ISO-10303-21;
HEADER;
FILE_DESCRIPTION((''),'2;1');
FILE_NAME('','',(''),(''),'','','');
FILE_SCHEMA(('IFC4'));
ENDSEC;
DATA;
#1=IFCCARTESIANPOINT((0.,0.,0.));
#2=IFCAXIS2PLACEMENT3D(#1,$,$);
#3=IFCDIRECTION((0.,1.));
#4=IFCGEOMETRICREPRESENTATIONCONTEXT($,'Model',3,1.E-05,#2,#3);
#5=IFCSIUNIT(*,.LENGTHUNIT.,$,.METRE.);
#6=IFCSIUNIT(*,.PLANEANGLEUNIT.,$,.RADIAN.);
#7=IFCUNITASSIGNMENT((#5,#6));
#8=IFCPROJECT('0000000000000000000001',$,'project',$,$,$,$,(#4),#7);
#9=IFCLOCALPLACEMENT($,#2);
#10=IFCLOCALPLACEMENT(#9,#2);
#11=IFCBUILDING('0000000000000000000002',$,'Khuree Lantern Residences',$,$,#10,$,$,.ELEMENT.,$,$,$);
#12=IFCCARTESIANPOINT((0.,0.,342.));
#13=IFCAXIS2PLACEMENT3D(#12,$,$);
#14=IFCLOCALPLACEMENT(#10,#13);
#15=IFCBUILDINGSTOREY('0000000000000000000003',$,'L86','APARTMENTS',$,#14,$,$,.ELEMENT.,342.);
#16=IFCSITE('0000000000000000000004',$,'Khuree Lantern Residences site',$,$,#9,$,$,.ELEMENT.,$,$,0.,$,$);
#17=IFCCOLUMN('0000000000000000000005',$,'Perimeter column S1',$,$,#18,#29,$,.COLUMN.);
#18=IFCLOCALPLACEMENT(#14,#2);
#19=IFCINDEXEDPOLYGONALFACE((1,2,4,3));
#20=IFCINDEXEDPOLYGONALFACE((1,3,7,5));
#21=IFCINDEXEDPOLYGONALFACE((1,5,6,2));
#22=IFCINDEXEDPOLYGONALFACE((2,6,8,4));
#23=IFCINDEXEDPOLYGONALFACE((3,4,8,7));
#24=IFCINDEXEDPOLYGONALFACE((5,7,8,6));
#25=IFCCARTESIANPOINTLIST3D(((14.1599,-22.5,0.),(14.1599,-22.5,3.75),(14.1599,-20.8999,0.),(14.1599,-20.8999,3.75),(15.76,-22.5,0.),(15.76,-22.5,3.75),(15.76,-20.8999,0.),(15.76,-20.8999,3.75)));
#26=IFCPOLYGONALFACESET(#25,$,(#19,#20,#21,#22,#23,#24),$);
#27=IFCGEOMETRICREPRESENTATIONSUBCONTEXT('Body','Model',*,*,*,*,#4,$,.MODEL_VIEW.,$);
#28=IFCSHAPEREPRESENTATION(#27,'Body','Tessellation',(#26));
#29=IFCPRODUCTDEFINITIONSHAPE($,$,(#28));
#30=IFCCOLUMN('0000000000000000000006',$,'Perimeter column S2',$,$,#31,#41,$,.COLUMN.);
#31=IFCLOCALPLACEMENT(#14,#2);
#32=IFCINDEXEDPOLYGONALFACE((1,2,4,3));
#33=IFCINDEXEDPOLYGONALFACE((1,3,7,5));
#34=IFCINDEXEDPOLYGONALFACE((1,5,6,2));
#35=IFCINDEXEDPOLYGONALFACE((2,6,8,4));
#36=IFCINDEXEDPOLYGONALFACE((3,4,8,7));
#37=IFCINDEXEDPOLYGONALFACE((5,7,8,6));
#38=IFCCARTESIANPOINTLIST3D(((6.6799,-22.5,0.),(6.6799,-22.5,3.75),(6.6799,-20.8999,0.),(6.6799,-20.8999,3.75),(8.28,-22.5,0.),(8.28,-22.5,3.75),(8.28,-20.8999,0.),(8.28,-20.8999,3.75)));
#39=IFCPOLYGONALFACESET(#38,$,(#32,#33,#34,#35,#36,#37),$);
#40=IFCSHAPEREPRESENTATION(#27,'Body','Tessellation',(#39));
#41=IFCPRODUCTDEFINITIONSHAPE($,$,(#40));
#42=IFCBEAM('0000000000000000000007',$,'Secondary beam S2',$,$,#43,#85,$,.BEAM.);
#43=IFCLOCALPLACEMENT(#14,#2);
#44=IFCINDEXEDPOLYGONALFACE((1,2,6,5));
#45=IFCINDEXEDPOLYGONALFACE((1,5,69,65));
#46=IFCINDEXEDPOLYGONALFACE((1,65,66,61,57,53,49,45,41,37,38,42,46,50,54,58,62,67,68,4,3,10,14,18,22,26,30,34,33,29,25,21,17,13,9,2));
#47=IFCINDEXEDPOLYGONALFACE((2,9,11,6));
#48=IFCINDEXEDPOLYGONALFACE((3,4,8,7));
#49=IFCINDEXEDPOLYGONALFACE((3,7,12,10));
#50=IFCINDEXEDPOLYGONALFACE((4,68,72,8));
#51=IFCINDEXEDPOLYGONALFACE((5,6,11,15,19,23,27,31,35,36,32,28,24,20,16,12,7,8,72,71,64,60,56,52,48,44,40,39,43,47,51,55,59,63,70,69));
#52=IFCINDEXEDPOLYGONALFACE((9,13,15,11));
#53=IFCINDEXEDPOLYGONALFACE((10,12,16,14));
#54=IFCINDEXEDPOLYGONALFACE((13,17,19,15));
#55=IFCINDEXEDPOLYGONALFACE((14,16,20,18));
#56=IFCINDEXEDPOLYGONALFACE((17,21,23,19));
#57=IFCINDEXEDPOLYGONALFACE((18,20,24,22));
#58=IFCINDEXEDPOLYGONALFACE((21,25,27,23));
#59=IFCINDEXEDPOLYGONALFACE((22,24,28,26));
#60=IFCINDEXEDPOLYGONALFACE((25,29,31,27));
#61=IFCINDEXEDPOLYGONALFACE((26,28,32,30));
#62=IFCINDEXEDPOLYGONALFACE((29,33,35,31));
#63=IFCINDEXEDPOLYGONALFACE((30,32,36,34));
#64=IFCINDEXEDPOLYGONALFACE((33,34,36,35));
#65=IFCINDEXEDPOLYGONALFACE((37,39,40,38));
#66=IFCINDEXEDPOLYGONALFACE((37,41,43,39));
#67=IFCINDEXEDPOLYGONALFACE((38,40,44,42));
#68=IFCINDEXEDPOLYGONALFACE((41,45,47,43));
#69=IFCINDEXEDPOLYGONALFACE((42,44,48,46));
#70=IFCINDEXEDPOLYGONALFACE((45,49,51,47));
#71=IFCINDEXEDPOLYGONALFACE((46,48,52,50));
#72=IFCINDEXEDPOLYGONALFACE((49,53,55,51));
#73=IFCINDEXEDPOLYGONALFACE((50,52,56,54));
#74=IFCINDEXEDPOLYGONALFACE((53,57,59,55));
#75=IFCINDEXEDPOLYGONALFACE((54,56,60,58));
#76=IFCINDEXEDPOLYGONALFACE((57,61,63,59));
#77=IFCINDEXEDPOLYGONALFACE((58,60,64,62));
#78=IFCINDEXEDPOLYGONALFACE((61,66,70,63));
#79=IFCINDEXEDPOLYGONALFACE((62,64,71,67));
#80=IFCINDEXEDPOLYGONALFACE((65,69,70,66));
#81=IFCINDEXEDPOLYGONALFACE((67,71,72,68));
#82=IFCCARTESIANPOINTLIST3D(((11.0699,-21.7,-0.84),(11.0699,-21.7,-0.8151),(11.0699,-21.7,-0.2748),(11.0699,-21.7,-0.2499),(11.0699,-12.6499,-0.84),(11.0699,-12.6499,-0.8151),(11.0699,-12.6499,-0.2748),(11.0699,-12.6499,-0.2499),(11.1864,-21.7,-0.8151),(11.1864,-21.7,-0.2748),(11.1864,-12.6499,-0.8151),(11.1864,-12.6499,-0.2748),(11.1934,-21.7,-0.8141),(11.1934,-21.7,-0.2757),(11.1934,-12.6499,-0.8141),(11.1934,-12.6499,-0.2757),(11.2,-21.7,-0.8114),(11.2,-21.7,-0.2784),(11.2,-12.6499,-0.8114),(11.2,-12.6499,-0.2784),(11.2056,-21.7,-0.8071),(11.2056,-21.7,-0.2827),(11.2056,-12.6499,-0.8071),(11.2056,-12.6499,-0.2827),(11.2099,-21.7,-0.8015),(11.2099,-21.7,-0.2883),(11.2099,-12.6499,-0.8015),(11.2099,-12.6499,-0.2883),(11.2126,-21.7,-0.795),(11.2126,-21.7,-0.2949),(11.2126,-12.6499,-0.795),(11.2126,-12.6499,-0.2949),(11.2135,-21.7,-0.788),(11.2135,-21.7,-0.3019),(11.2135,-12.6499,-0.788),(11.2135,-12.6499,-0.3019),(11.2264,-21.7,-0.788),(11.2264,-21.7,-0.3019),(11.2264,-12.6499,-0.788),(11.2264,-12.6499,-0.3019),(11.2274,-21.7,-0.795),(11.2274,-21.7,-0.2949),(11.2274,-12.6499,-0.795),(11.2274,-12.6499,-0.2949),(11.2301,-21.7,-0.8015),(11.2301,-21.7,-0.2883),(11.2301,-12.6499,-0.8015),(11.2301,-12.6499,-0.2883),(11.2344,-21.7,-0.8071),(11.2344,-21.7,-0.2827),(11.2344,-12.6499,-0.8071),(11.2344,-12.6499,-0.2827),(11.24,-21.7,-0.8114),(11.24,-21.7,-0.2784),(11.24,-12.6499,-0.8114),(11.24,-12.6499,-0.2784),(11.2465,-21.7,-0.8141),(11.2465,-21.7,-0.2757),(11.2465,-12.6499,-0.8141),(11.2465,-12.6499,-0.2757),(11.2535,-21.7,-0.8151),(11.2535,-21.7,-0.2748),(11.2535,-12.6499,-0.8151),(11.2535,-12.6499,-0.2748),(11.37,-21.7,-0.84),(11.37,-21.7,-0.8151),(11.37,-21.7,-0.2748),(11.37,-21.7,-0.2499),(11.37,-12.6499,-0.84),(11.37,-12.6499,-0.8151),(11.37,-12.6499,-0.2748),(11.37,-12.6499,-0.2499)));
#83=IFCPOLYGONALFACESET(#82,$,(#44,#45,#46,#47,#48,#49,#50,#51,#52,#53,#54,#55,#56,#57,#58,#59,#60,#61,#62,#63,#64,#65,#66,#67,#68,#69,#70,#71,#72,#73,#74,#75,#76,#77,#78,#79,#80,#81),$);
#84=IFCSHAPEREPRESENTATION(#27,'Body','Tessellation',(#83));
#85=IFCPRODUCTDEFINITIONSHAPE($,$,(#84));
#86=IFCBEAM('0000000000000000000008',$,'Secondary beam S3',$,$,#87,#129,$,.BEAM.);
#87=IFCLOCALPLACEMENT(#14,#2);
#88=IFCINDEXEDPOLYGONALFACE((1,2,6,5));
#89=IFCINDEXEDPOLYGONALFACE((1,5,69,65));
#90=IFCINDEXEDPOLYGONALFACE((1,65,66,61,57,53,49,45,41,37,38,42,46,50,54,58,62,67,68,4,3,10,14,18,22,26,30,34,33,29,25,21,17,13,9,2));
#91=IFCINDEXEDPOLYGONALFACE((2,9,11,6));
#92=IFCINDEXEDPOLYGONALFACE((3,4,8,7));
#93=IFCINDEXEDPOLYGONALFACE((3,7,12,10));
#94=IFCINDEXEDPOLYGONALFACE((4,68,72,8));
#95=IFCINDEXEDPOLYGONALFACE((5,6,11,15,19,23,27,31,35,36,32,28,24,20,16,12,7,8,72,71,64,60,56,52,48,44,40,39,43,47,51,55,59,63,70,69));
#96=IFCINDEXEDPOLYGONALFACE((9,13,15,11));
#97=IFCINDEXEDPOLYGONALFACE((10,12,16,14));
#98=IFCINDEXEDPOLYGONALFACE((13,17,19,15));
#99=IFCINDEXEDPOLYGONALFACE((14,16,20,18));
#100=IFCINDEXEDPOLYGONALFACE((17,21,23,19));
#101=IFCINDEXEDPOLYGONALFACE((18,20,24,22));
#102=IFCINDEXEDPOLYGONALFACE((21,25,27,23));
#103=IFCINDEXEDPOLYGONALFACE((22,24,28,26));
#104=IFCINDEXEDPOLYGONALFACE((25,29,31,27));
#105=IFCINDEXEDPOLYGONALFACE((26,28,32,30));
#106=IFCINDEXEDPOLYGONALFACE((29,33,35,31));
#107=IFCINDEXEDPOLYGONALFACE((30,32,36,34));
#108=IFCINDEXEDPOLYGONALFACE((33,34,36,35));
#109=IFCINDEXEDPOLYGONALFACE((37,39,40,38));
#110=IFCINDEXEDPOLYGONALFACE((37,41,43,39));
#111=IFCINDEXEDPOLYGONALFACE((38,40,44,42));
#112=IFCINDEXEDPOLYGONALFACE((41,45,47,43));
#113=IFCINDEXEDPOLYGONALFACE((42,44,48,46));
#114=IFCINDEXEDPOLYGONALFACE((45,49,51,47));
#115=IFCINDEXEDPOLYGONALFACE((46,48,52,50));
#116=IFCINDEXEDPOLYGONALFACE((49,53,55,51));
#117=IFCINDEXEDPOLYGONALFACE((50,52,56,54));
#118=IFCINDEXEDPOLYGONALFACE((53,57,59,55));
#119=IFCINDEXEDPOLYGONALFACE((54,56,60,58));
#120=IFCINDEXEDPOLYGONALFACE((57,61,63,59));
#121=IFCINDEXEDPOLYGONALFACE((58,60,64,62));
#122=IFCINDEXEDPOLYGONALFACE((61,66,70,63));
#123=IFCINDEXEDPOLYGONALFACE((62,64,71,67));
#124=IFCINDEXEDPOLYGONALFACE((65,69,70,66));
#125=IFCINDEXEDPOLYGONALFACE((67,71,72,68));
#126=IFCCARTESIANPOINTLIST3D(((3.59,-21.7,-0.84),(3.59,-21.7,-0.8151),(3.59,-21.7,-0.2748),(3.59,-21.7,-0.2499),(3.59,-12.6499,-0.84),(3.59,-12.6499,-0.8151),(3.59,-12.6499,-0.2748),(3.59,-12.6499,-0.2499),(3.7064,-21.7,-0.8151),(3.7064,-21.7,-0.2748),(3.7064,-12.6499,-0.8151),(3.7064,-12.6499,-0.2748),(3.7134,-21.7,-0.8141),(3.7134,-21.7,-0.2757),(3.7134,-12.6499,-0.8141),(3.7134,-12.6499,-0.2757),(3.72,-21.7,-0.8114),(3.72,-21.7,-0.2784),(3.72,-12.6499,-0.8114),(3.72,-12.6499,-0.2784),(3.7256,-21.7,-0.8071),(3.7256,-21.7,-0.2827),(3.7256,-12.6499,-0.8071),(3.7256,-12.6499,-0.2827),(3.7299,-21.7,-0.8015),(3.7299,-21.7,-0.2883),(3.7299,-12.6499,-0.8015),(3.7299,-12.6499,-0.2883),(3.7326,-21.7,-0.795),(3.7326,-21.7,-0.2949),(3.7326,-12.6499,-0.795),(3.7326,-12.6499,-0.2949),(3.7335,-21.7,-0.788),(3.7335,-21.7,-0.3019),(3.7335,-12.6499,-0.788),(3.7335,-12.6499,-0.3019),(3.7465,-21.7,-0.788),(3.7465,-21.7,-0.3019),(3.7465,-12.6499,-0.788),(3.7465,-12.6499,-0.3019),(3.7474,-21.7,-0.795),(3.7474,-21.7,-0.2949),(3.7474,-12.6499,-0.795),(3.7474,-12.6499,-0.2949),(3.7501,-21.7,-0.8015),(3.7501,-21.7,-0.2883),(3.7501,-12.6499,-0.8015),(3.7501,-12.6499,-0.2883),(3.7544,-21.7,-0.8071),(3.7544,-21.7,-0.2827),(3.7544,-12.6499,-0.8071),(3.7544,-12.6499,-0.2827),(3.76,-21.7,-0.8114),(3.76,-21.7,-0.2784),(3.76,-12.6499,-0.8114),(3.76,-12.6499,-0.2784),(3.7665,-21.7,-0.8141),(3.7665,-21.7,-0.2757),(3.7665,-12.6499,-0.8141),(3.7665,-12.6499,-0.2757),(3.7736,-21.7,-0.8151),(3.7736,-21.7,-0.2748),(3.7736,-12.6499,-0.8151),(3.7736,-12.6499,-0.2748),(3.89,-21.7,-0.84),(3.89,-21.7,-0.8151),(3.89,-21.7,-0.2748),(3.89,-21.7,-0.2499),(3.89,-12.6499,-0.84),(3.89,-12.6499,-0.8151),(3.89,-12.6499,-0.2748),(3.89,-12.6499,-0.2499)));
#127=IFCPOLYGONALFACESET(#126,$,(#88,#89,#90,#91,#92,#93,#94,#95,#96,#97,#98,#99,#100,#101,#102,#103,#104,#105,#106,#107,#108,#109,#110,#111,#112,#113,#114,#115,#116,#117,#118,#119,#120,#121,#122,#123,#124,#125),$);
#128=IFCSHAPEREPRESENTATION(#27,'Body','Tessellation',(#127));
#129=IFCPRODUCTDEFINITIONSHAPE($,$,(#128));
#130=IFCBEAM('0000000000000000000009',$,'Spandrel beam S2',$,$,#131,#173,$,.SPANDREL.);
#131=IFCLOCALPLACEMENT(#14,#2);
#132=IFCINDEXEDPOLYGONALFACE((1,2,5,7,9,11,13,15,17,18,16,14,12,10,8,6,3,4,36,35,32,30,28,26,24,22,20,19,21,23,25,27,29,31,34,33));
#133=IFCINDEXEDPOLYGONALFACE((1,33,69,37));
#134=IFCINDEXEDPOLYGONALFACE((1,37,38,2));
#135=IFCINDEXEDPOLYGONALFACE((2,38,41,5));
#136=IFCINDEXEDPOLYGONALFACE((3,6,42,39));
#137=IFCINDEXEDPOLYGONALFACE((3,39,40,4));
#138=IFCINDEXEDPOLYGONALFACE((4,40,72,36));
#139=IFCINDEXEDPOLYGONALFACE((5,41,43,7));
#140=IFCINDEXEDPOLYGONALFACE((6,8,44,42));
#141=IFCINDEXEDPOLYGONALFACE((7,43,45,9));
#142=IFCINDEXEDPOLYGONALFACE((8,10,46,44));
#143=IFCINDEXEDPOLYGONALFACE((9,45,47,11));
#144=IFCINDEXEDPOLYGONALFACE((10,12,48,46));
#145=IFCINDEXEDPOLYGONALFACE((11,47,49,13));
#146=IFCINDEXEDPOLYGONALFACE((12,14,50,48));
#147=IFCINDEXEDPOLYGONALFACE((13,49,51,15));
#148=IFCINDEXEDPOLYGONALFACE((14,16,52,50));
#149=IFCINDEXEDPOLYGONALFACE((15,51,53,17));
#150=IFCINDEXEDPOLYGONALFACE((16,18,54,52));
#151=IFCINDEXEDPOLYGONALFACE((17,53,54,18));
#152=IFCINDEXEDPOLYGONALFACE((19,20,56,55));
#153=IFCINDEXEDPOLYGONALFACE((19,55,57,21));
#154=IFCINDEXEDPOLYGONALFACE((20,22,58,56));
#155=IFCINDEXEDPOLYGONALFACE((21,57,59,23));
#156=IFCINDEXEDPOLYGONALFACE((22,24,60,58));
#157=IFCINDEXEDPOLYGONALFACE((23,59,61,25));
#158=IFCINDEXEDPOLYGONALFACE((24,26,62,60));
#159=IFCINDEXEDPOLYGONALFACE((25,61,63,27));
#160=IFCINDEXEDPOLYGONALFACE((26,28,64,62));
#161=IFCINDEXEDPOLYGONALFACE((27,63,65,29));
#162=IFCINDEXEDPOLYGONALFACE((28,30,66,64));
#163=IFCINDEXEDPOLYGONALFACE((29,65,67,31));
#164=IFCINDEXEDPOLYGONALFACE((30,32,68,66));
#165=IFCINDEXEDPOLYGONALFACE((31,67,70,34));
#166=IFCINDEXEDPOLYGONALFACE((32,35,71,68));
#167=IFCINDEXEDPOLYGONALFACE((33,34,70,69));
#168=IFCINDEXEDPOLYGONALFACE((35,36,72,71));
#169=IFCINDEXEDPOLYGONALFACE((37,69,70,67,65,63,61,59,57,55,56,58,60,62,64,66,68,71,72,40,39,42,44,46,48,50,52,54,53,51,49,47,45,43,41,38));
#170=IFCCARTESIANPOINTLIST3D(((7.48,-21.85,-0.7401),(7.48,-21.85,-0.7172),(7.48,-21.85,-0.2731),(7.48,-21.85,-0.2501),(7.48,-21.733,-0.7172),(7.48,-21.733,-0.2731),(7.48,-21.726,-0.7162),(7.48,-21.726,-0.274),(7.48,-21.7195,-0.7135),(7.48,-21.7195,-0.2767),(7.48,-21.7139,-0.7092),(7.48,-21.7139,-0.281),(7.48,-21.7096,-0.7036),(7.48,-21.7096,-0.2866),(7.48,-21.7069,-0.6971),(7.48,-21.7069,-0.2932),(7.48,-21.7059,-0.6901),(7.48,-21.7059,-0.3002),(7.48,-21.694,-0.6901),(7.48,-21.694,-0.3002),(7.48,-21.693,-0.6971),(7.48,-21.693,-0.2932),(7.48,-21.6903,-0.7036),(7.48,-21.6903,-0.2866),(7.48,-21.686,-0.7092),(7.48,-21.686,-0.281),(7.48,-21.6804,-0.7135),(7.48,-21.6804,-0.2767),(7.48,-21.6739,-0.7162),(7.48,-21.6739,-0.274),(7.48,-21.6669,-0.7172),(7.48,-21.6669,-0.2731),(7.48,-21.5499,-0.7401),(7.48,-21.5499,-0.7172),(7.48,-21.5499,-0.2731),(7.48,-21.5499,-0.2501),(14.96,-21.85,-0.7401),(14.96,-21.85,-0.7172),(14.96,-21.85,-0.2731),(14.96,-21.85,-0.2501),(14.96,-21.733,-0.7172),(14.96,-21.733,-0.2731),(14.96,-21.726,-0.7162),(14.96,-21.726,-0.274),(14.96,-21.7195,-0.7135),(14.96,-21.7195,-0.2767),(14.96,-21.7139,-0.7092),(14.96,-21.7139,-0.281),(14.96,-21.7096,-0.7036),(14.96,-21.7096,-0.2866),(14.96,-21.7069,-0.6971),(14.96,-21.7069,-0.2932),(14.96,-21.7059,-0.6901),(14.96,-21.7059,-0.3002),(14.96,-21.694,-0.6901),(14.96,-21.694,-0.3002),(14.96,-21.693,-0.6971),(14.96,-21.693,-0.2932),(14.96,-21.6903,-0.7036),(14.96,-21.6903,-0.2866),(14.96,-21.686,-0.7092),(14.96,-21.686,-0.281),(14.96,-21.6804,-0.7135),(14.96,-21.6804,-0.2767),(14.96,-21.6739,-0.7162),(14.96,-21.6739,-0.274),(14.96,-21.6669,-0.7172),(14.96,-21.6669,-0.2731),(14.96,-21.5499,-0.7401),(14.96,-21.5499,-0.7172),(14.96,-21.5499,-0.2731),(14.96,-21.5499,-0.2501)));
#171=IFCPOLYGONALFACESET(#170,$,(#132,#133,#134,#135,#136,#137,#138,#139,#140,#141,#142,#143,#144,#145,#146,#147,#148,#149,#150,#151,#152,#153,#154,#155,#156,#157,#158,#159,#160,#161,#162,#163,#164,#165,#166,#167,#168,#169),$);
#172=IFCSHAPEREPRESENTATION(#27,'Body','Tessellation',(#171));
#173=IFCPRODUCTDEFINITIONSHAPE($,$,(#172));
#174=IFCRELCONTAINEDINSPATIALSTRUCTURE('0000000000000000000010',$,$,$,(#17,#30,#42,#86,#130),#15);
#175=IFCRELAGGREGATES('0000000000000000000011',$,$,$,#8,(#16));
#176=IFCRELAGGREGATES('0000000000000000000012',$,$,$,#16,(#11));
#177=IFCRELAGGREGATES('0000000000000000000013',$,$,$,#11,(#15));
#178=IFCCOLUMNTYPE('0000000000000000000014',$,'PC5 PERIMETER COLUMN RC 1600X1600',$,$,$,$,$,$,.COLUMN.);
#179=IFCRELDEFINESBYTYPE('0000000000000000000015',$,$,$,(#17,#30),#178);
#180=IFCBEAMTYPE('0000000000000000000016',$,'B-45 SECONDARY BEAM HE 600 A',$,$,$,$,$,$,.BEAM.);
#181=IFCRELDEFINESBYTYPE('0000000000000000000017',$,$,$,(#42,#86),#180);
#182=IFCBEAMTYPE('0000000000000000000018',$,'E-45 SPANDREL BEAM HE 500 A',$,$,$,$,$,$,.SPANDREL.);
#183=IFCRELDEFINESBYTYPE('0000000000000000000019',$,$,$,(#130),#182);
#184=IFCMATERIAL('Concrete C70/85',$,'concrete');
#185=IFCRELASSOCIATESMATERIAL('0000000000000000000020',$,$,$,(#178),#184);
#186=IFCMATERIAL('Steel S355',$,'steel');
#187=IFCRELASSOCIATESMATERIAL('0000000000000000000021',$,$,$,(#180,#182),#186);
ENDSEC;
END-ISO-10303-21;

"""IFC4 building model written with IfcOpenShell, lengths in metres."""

from ifc_helpers import new_model, si_unit, direction, frame, origin, origin_2d, place, context, subcontext, project, spatial, rectangle, i_section, extrude, material, material_profile, profile_set, type_object, element, save


model = new_model("IFC4")

# Units and contexts
model_context = context("Model", 3, precision=1e-05, world=origin(), true_north=direction((0.0, 1.0)))
body_context = subcontext(model_context, "Body", "Model", "MODEL_VIEW")
ifc_project = project(units=[si_unit("LENGTHUNIT", "METRE"), si_unit("PLANEANGLEUNIT", "RADIAN")], contexts=[model_context])

# Site, building, storey
site_placement = place(None, origin())
site = spatial("IfcSite", under=ifc_project, at=site_placement, Name="Khuree Lantern Residences site", CompositionType="ELEMENT", RefElevation=0.0)
building_placement = place(site_placement, origin())
building = spatial("IfcBuilding", under=site, at=building_placement, Name="Khuree Lantern Residences", CompositionType="ELEMENT")
storey_placement = place(building_placement, frame((0.0, 0.0, 342.0)))
storey = spatial("IfcBuildingStorey", under=building, at=storey_placement, Name="L86", Description="APARTMENTS", CompositionType="ELEMENT", Elevation=342.0)

# Columns
ifc_material_1 = material(Name="Concrete C70/85", Category="concrete")
ifc_material_profile_1 = material_profile(ifc_material_1, rectangle(XDim=1.6001, YDim=1.6001, at=origin_2d()), Name="RC 1600X1600")
ifc_profile_set_1 = profile_set([ifc_material_profile_1], Name="Concrete C70/85")
column_type = type_object("IfcColumnType", Name="PC5 PERIMETER COLUMN RC 1600X1600", PredefinedType="COLUMN", material=ifc_profile_set_1)
for number, where, z_axis, x_axis, name in (
    (1, (14.96, -21.7, 0.0), (0.0, 0.0, 1.0), (1.0, 0.0, 0.0), "Perimeter column S1"),
    (2, (7.48, -21.7, 0.0), (0.0, 0.0, 1.0), (1.0, 0.0, 0.0), "Perimeter column S2"),
):
    element("IfcColumn", number, at=place(storey_placement, frame(where, z_axis=z_axis, x_axis=x_axis)), inside=storey, type_object=column_type, Name=name, PredefinedType="COLUMN", context=body_context, shape_type="SweptSolid", body=[
        extrude(rectangle(XDim=1.6001, YDim=1.6001, at=origin_2d()), origin(), (0.0, 0.0, 1.0), 3.75),
    ])

# Beams
ifc_material_2 = material(Name="Steel S355", Category="steel")
ifc_material_profile_2 = material_profile(ifc_material_2, i_section(OverallWidth=0.3, OverallDepth=0.5901, WebThickness=0.0129, FlangeThickness=0.0249, FilletRadius=0.0271, at=origin_2d()), Name="HE 600 A")
ifc_profile_set_2 = profile_set([ifc_material_profile_2], Name="Steel S355")
beam_type_1 = type_object("IfcBeamType", Name="B-45 SECONDARY BEAM HE 600 A", PredefinedType="BEAM", material=ifc_profile_set_2)
for number, where, z_axis, x_axis, name in (
    (3, (11.22, -21.7, -0.5449), (0.0, 1.0, 0.0), (-1.0, 0.0, 0.0), "Secondary beam S2"),
    (4, (3.74, -21.7, -0.5449), (0.0, 1.0, 0.0), (-1.0, 0.0, 0.0), "Secondary beam S3"),
):
    element("IfcBeam", number, at=place(storey_placement, frame(where, z_axis=z_axis, x_axis=x_axis)), inside=storey, type_object=beam_type_1, Name=name, PredefinedType="BEAM", context=body_context, shape_type="SweptSolid", body=[
        extrude(i_section(OverallWidth=0.3, OverallDepth=0.5901, WebThickness=0.0129, FlangeThickness=0.0249, FilletRadius=0.0271, at=origin_2d()), origin(), (0.0, 0.0, 1.0), 9.05),
    ])
ifc_material_profile_3 = material_profile(ifc_material_2, i_section(OverallWidth=0.3, OverallDepth=0.49, WebThickness=0.012, FlangeThickness=0.0229, FilletRadius=0.0271, at=origin_2d()), Name="HE 500 A")
ifc_profile_set_3 = profile_set([ifc_material_profile_3], Name="Steel S355")
beam_type_2 = type_object("IfcBeamType", Name="E-45 SPANDREL BEAM HE 500 A", PredefinedType="SPANDREL", material=ifc_profile_set_3)
for number, where, z_axis, x_axis, name in (
    (5, (14.96, -21.7, -0.4951), (-1.0, 0.0, 0.0), (0.0, -1.0, 0.0), "Spandrel beam S2"),
):
    element("IfcBeam", number, at=place(storey_placement, frame(where, z_axis=z_axis, x_axis=x_axis)), inside=storey, type_object=beam_type_2, Name=name, PredefinedType="SPANDREL", context=body_context, shape_type="SweptSolid", body=[
        extrude(i_section(OverallWidth=0.3, OverallDepth=0.49, WebThickness=0.012, FlangeThickness=0.0229, FilletRadius=0.0271, at=origin_2d()), origin(), (0.0, 0.0, 1.0), 7.48),
    ])

save(model, "model.ifc")
